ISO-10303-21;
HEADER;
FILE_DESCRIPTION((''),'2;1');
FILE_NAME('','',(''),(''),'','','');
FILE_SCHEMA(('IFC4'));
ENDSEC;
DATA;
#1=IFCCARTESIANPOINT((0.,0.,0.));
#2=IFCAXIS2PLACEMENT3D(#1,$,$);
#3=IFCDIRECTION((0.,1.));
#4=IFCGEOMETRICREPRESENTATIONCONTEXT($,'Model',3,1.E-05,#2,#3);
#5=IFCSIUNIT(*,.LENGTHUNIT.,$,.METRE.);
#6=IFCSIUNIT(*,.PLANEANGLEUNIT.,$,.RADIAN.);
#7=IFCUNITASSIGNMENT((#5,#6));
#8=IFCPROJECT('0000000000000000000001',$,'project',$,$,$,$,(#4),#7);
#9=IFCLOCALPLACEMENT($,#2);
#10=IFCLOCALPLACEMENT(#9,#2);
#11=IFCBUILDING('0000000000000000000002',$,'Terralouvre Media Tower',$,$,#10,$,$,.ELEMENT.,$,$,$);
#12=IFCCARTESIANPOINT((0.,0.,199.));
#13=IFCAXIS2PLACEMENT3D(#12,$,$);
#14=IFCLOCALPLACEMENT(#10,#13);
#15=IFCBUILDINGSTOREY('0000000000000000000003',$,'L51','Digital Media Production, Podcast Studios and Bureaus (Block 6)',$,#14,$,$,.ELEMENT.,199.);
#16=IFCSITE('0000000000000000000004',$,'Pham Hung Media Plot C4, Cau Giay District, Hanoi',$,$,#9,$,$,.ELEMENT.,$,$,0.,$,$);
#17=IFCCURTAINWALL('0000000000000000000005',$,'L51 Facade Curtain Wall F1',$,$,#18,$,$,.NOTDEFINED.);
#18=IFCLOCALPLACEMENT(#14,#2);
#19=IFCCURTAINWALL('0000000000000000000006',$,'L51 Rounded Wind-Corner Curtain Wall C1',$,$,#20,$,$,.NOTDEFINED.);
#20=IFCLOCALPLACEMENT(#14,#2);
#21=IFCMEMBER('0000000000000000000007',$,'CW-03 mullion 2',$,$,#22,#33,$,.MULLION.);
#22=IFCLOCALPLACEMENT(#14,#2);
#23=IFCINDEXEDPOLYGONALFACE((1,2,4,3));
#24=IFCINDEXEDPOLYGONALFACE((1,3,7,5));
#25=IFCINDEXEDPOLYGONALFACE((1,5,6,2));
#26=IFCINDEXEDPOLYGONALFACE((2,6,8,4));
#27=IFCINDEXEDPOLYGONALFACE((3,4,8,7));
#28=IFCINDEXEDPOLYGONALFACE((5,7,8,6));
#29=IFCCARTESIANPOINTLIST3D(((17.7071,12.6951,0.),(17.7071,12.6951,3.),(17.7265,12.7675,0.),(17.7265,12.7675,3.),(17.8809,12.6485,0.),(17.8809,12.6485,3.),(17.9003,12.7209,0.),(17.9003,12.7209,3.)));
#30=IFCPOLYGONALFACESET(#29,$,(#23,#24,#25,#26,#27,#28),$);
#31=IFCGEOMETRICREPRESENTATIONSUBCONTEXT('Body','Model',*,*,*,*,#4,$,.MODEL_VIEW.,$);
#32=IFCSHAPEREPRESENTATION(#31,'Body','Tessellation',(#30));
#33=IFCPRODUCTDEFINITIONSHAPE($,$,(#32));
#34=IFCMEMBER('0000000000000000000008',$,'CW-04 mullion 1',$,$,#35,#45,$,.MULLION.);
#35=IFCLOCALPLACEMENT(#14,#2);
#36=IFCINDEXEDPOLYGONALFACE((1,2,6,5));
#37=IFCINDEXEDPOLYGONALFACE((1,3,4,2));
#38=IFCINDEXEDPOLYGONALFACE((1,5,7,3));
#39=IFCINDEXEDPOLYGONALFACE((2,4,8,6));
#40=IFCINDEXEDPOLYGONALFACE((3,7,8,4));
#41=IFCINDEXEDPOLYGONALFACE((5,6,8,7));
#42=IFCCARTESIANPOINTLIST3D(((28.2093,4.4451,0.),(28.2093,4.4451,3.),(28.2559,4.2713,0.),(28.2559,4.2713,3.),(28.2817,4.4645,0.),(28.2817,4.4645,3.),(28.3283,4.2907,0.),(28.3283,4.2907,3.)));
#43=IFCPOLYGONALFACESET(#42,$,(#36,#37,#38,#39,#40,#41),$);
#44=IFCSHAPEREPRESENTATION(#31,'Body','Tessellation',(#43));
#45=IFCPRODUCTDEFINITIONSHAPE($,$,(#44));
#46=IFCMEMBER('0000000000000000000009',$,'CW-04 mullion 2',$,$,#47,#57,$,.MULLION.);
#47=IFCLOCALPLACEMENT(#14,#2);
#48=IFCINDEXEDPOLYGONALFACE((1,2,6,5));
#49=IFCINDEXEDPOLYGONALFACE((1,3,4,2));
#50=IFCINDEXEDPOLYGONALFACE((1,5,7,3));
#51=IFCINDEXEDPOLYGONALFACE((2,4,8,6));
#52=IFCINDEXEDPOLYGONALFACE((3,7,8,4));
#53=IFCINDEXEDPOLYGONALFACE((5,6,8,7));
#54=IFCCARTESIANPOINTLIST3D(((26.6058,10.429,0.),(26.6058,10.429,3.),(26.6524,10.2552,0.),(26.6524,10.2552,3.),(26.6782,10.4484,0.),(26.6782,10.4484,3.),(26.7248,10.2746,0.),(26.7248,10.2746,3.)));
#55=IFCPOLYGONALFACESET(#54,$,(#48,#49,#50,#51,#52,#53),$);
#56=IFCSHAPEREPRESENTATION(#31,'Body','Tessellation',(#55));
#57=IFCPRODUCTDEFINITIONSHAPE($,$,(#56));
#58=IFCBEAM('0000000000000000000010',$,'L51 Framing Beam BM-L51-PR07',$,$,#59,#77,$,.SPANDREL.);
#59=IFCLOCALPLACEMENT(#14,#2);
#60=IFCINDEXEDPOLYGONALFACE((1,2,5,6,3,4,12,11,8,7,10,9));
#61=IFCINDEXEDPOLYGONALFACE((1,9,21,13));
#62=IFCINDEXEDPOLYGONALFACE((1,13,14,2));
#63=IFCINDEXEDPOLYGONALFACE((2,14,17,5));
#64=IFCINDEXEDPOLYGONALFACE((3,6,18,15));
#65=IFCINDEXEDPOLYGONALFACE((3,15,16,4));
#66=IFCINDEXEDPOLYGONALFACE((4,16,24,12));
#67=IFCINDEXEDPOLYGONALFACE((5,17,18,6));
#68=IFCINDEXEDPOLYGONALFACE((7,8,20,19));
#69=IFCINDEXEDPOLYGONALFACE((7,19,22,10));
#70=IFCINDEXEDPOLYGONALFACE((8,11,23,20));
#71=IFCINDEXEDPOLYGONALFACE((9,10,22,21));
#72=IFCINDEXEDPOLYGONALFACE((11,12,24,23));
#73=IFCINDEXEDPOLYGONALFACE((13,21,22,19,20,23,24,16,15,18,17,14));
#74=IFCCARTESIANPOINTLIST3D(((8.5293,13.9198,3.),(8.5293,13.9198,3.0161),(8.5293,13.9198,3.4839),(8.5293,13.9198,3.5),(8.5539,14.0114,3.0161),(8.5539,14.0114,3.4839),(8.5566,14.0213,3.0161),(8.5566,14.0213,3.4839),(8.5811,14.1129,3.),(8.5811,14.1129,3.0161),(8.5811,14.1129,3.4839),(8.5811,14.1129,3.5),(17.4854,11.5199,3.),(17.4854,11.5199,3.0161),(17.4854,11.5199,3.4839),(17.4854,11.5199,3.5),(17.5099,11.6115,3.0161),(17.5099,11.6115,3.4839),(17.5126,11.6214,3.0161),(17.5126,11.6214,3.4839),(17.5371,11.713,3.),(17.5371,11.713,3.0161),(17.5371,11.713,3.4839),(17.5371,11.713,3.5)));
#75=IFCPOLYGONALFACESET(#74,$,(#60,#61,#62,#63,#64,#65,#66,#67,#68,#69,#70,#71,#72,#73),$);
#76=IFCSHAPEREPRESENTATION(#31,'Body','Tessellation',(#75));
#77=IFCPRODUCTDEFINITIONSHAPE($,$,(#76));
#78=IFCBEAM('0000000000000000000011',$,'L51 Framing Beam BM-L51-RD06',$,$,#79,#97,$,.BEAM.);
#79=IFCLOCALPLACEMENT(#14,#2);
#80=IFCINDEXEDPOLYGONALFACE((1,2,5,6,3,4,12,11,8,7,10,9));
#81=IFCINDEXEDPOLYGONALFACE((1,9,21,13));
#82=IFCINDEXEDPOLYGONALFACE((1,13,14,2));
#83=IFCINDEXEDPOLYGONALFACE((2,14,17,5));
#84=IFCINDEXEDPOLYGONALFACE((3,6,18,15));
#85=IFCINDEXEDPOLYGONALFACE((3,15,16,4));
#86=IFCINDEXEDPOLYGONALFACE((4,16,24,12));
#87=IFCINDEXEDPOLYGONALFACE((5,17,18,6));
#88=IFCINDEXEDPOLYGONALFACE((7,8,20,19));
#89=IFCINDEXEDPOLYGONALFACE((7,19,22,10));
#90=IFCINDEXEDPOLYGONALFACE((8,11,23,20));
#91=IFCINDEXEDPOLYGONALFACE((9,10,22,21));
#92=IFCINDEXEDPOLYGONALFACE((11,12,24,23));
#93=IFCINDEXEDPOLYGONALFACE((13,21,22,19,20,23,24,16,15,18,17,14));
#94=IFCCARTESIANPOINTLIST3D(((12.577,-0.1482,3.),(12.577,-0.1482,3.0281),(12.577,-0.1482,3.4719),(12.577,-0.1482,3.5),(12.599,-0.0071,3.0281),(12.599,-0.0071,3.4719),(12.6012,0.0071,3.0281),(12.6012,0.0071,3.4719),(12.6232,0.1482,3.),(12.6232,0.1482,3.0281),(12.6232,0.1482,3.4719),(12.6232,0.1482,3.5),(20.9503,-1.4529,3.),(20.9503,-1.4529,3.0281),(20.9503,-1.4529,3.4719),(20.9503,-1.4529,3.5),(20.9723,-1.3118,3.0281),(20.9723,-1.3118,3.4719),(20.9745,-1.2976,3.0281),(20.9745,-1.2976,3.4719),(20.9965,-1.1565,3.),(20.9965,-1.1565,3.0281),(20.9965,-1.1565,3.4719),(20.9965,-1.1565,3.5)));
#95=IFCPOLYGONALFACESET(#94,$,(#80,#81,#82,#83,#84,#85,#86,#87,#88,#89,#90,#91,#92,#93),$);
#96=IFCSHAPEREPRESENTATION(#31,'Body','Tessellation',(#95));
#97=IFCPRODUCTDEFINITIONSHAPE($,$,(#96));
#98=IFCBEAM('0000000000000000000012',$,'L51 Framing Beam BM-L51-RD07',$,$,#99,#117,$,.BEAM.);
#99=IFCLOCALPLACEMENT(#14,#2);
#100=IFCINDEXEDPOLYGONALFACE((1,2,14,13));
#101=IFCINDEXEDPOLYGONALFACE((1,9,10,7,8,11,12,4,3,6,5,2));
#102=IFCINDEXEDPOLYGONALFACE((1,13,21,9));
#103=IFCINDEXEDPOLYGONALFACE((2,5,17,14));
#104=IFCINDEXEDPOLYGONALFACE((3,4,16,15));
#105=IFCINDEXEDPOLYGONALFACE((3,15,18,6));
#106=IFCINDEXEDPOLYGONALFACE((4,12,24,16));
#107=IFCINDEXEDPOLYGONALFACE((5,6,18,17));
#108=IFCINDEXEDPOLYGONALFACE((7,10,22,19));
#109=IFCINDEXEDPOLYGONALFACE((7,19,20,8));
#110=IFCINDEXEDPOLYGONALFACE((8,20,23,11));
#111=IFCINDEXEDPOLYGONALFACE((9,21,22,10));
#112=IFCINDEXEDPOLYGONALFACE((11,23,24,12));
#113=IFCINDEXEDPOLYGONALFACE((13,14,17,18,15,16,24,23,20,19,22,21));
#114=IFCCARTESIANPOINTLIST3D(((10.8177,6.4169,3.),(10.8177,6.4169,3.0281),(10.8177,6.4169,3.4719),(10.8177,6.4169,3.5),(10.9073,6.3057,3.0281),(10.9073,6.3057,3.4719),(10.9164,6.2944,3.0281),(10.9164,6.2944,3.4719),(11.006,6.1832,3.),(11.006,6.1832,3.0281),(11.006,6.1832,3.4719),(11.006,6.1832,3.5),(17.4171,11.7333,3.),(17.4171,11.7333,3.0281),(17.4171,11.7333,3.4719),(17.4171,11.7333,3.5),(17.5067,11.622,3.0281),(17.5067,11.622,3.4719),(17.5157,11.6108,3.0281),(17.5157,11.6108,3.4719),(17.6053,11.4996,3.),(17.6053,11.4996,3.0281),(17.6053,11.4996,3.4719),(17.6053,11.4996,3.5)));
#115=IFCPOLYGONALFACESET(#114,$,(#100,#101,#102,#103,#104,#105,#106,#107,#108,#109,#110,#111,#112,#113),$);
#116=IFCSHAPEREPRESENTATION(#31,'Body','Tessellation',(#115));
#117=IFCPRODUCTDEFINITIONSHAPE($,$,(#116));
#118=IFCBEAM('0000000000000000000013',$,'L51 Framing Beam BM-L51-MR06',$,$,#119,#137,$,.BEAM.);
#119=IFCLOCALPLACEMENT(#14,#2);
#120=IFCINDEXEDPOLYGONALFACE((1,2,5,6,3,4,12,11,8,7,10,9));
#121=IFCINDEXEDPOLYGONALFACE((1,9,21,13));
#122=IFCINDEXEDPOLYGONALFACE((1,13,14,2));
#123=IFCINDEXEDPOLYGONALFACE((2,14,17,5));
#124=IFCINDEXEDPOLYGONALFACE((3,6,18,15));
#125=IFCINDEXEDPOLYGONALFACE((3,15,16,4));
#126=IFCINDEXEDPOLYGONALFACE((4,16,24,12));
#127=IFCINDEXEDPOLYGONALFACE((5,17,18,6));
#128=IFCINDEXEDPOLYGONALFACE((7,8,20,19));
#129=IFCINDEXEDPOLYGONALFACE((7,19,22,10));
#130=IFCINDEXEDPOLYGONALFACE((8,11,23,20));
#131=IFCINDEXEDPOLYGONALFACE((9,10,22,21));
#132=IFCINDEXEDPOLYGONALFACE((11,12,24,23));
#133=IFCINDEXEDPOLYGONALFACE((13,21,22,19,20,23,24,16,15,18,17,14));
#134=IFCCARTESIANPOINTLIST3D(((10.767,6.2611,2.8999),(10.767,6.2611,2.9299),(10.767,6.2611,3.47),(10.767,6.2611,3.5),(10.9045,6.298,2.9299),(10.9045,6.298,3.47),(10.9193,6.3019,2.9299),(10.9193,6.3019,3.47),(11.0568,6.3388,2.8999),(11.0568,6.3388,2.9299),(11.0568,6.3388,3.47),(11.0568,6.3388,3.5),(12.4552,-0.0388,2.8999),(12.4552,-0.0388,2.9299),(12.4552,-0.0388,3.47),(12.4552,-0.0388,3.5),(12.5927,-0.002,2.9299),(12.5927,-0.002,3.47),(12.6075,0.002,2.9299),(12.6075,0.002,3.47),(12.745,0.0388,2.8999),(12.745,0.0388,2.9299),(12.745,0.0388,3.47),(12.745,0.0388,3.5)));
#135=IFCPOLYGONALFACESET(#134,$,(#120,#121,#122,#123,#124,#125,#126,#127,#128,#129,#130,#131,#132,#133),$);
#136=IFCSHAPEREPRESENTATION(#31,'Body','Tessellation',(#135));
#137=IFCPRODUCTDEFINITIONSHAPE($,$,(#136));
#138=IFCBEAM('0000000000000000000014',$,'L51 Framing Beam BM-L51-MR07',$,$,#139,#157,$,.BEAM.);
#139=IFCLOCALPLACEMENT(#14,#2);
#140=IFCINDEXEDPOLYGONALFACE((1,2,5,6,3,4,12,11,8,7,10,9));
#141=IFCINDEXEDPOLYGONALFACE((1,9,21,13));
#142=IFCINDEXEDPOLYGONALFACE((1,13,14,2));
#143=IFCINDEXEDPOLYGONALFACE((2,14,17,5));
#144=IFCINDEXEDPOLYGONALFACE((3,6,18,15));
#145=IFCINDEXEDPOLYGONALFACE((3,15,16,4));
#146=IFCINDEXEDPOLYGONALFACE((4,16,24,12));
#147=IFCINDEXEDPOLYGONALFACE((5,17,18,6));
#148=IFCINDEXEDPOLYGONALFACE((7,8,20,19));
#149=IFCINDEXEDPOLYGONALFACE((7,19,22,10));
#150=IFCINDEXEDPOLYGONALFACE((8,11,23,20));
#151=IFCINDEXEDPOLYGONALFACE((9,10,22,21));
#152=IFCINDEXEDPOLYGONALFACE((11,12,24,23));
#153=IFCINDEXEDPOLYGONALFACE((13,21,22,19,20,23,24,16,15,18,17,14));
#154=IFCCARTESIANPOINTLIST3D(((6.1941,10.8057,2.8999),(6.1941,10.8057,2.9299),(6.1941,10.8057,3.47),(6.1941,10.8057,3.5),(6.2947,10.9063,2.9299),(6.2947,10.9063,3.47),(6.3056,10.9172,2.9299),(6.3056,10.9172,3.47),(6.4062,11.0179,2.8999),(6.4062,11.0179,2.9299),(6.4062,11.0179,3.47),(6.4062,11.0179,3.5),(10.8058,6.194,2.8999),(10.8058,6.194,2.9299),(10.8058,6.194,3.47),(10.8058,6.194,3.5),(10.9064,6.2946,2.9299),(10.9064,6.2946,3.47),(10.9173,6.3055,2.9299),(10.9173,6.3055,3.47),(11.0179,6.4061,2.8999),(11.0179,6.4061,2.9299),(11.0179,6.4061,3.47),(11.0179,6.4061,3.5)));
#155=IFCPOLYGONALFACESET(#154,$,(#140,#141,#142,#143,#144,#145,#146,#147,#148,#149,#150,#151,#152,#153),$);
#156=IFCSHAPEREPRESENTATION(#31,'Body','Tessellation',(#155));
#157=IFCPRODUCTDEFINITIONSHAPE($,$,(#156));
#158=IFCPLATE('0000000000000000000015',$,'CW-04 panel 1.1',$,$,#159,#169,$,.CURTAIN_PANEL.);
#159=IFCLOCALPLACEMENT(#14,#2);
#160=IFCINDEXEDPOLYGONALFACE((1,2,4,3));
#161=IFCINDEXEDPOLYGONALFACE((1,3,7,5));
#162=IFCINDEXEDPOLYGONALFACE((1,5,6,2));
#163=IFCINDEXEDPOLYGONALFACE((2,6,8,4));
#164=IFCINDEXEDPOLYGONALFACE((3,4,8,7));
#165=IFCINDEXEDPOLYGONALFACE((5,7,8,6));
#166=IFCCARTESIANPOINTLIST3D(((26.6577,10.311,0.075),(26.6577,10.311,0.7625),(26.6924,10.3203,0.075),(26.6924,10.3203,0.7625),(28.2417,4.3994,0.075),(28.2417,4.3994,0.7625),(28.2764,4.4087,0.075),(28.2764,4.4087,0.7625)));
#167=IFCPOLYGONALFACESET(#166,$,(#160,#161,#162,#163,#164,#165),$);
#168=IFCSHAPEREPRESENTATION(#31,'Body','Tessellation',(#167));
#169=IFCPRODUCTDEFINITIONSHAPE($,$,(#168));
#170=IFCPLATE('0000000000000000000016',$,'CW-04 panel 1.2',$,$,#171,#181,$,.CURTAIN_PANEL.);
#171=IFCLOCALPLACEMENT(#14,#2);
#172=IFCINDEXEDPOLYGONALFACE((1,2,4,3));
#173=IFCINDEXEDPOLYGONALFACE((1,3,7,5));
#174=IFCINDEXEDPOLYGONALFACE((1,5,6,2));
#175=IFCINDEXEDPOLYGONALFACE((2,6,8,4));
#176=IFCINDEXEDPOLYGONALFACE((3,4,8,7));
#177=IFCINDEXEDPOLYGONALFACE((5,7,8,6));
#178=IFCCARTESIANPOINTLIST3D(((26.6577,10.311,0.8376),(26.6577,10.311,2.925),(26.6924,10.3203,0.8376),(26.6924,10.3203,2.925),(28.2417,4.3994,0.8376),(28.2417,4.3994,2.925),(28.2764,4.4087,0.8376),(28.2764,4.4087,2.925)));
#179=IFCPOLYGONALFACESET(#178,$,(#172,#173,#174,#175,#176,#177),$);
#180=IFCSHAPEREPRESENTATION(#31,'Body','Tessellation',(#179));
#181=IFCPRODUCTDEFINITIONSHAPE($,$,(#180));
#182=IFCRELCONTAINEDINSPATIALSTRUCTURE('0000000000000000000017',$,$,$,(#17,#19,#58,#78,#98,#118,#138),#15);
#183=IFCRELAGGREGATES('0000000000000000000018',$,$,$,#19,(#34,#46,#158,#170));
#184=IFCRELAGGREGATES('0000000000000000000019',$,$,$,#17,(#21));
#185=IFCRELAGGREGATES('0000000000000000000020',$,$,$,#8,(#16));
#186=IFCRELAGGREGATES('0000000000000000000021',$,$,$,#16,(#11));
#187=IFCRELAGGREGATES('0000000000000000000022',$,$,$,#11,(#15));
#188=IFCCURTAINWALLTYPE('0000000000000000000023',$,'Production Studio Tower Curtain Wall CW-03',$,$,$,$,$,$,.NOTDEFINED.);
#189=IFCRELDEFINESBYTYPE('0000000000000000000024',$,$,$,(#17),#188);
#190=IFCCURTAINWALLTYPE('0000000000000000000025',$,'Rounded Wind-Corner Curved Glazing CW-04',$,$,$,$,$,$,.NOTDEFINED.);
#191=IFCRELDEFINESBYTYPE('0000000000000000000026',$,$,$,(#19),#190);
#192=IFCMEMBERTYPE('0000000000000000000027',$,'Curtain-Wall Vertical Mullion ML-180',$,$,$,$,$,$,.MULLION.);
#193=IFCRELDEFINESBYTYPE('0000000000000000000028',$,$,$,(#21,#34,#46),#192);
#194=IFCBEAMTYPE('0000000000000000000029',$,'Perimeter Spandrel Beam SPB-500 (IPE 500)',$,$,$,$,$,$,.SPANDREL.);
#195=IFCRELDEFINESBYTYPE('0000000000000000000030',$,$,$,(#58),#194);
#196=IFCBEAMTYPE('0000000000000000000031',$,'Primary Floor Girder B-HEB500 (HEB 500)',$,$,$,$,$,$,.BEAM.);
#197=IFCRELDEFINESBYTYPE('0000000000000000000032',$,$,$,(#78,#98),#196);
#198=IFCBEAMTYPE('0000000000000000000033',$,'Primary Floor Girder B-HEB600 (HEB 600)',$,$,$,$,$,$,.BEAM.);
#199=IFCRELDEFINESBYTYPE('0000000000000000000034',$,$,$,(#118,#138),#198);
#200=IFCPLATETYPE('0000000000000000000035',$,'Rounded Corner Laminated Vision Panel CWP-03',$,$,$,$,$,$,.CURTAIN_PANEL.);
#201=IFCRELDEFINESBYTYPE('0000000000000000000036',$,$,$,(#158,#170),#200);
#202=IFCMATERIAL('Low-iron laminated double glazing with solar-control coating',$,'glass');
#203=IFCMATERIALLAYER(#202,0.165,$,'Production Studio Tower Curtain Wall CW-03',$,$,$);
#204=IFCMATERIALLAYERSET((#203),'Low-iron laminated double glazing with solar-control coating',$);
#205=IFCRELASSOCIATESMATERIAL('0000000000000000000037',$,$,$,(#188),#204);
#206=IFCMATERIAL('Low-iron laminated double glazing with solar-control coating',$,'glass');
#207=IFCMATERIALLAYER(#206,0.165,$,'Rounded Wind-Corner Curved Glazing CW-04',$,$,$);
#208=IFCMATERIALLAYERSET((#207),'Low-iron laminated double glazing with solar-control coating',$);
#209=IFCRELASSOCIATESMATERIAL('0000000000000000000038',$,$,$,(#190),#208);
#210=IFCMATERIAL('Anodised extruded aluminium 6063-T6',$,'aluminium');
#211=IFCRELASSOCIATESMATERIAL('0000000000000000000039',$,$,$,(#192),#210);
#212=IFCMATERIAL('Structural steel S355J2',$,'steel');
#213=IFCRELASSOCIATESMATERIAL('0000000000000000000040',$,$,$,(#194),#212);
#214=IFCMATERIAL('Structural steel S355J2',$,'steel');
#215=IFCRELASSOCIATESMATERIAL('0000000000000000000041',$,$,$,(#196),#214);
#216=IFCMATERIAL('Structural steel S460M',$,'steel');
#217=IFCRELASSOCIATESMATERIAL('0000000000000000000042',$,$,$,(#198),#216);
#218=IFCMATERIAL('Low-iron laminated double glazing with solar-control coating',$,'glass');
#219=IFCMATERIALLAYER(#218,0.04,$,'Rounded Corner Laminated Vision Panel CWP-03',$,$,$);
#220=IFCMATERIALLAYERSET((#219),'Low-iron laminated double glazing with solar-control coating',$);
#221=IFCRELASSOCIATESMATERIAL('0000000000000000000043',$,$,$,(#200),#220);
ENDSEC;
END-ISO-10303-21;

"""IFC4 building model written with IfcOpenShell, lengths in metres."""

from ifc_helpers import new_model, si_unit, direction, frame, origin, origin_2d, place, context, subcontext, project, spatial, rectangle, i_section, extrude, material, layer, layer_set, material_profile, profile_set, type_object, element, aggregate, save


model = new_model("IFC4")

# Units and contexts
model_context = context("Model", 3, precision=1e-05, world=origin(), true_north=direction((0.0, 1.0)))
body_context = subcontext(model_context, "Body", "Model", "MODEL_VIEW")
ifc_project = project(units=[si_unit("LENGTHUNIT", "METRE"), si_unit("PLANEANGLEUNIT", "RADIAN")], contexts=[model_context])

# Site, building, storey
site_placement = place(None, origin())
site = spatial("IfcSite", under=ifc_project, at=site_placement, Name="Pham Hung Media Plot C4, Cau Giay District, Hanoi", CompositionType="ELEMENT", RefElevation=0.0)
building_placement = place(site_placement, origin())
building = spatial("IfcBuilding", under=site, at=building_placement, Name="Terralouvre Media Tower", CompositionType="ELEMENT")
storey_placement = place(building_placement, frame((0.0, 0.0, 199.0)))
storey = spatial("IfcBuildingStorey", under=building, at=storey_placement, Name="L51", Description="Digital Media Production, Podcast Studios and Bureaus (Block 6)", CompositionType="ELEMENT", Elevation=199.0)

# Curtain walls
ifc_material_1 = material(Name="Low-iron laminated double glazing with solar-control coating", Category="glass")
ifc_layer_1 = layer(ifc_material_1, 0.165, Name="Production Studio Tower Curtain Wall CW-03")
ifc_layer_set_1 = layer_set([ifc_layer_1], Name="Low-iron laminated double glazing with solar-control coating")
curtain_wall_type_1 = type_object("IfcCurtainWallType", Name="Production Studio Tower Curtain Wall CW-03", PredefinedType="NOTDEFINED", material=ifc_layer_set_1)
curtain_wall_1_placement = place(storey_placement, origin())
curtain_wall_1 = element("IfcCurtainWall", 1, at=curtain_wall_1_placement, inside=storey, type_object=curtain_wall_type_1, Name="L51 Facade Curtain Wall F1", PredefinedType="NOTDEFINED")
ifc_material_2 = material(Name="Low-iron laminated double glazing with solar-control coating", Category="glass")
ifc_layer_2 = layer(ifc_material_2, 0.165, Name="Rounded Wind-Corner Curved Glazing CW-04")
ifc_layer_set_2 = layer_set([ifc_layer_2], Name="Low-iron laminated double glazing with solar-control coating")
curtain_wall_type_2 = type_object("IfcCurtainWallType", Name="Rounded Wind-Corner Curved Glazing CW-04", PredefinedType="NOTDEFINED", material=ifc_layer_set_2)
curtain_wall_2_placement = place(storey_placement, origin())
curtain_wall_2 = element("IfcCurtainWall", 2, at=curtain_wall_2_placement, inside=storey, type_object=curtain_wall_type_2, Name="L51 Rounded Wind-Corner Curtain Wall C1", PredefinedType="NOTDEFINED")

# Shared definitions
ifc_material_3 = material(Name="Anodised extruded aluminium 6063-T6", Category="aluminium")
ifc_material_profile_1 = material_profile(ifc_material_3, rectangle(XDim=0.075, YDim=0.1799, at=origin_2d()), Name="ALU 75x180")
ifc_profile_set_1 = profile_set([ifc_material_profile_1], Name="Anodised extruded aluminium 6063-T6")
member_type_1 = type_object("IfcMemberType", Name="Curtain-Wall Vertical Mullion ML-180", PredefinedType="MULLION", material=ifc_profile_set_1)

# Members
member_1_placement = place(storey_placement, frame((17.8037, 12.708, 0.0), z_axis=(0.0, 0.0, 1.0), x_axis=(-0.258819, -0.965926, 0.0)))
member_1 = element("IfcMember", 3, at=member_1_placement, type_object=member_type_1, Name="CW-03 mullion 2", PredefinedType="MULLION", context=body_context, shape_type="SweptSolid", body=[
    extrude(rectangle(XDim=0.075, YDim=0.1799, at=origin_2d()), origin(), (0.0, 0.0, 1.0), 3.0),
])
member_2_placement = place(storey_placement, frame((28.2688, 4.3679, 0.0), z_axis=(0.0, 0.0, 1.0), x_axis=(-0.965926, -0.258819, 0.0)))
member_2 = element("IfcMember", 4, at=member_2_placement, type_object=member_type_1, Name="CW-04 mullion 1", PredefinedType="MULLION", context=body_context, shape_type="SweptSolid", body=[
    extrude(rectangle(XDim=0.075, YDim=0.1799, at=origin_2d()), origin(), (0.0, 0.0, 1.0), 3.0),
])
member_3_placement = place(storey_placement, frame((26.6653, 10.3518, 0.0), z_axis=(0.0, 0.0, 1.0), x_axis=(-0.965926, -0.258819, 0.0)))
member_3 = element("IfcMember", 5, at=member_3_placement, type_object=member_type_1, Name="CW-04 mullion 2", PredefinedType="MULLION", context=body_context, shape_type="SweptSolid", body=[
    extrude(rectangle(XDim=0.075, YDim=0.1799, at=origin_2d()), origin(), (0.0, 0.0, 1.0), 3.0),
])

# Beams
ifc_material_4 = material(Name="Structural steel S355J2", Category="steel")
ifc_material_profile_2 = material_profile(ifc_material_4, i_section(OverallWidth=0.2, OverallDepth=0.5, WebThickness=0.0103, FlangeThickness=0.0161, at=origin_2d()), Name="IPE 500")
ifc_profile_set_2 = profile_set([ifc_material_profile_2], Name="Structural steel S355J2")
beam_type_1 = type_object("IfcBeamType", Name="Perimeter Spandrel Beam SPB-500 (IPE 500)", PredefinedType="SPANDREL", material=ifc_profile_set_2)
beam_1_placement = place(storey_placement, frame((17.5112, 11.6165, 3.25), z_axis=(-0.965922, 0.258833, 0.0), x_axis=(-0.258833, -0.965922, 0.0)))
element("IfcBeam", 6, at=beam_1_placement, inside=storey, type_object=beam_type_1, Name="L51 Framing Beam BM-L51-PR07", PredefinedType="SPANDREL", context=body_context, shape_type="SweptSolid", body=[
    extrude(i_section(OverallWidth=0.2, OverallDepth=0.5, WebThickness=0.0103, FlangeThickness=0.0161, at=origin_2d()), origin(), (0.0, 0.0, 1.0), 9.272),
])
ifc_material_5 = material(Name="Structural steel S355J2", Category="steel")
ifc_material_profile_3 = material_profile(ifc_material_5, i_section(OverallWidth=0.3, OverallDepth=0.5, WebThickness=0.0144, FlangeThickness=0.0281, at=origin_2d()), Name="HEB 500")
ifc_profile_set_3 = profile_set([ifc_material_profile_3], Name="Structural steel S355J2")
beam_type_2 = type_object("IfcBeamType", Name="Primary Floor Girder B-HEB500 (HEB 500)", PredefinedType="BEAM", material=ifc_profile_set_3)
for number, where, z_axis, x_axis, name in (
    (7, (12.6001, 0.0, 3.25), (0.988077, -0.153958, 0.0), (0.153958, 0.988077, 0.0), "L51 Framing Beam BM-L51-RD06"),
    (8, (10.9119, 6.3, 3.25), (0.778739, 0.627347, 0.0), (-0.627347, 0.778739, 0.0), "L51 Framing Beam BM-L51-RD07"),
):
    element("IfcBeam", number, at=place(storey_placement, frame(where, z_axis=z_axis, x_axis=x_axis)), inside=storey, type_object=beam_type_2, Name=name, PredefinedType="BEAM", context=body_context, shape_type="SweptSolid", body=[
        extrude(i_section(OverallWidth=0.3, OverallDepth=0.5, WebThickness=0.0144, FlangeThickness=0.0281, at=origin_2d()), origin(), (0.0, 0.0, 1.0), 8.4744),
    ])
ifc_material_6 = material(Name="Structural steel S460M", Category="steel")
ifc_material_profile_4 = material_profile(ifc_material_6, i_section(OverallWidth=0.3, OverallDepth=0.6001, WebThickness=0.0154, FlangeThickness=0.03, at=origin_2d()), Name="HEB 600")
ifc_profile_set_4 = profile_set([ifc_material_profile_4], Name="Structural steel S460M")
beam_type_3 = type_object("IfcBeamType", Name="Primary Floor Girder B-HEB600 (HEB 600)", PredefinedType="BEAM", material=ifc_profile_set_4)
beam_2_placement = place(storey_placement, frame((12.6001, 0.0, 3.2), z_axis=(-0.258839, 0.96592, 0.0), x_axis=(-0.96592, -0.258839, 0.0)))
element("IfcBeam", 9, at=beam_2_placement, inside=storey, type_object=beam_type_3, Name="L51 Framing Beam BM-L51-MR06", PredefinedType="BEAM", context=body_context, shape_type="SweptSolid", body=[
    extrude(i_section(OverallWidth=0.3, OverallDepth=0.6001, WebThickness=0.0154, FlangeThickness=0.03, at=origin_2d()), origin(), (0.0, 0.0, 1.0), 6.5222),
])
beam_3_placement = place(storey_placement, frame((10.9119, 6.3, 3.2), z_axis=(-0.707107, 0.707107, 0.0), x_axis=(-0.707107, -0.707107, 0.0)))
element("IfcBeam", 10, at=beam_3_placement, inside=storey, type_object=beam_type_3, Name="L51 Framing Beam BM-L51-MR07", PredefinedType="BEAM", context=body_context, shape_type="SweptSolid", body=[
    extrude(i_section(OverallWidth=0.3, OverallDepth=0.6001, WebThickness=0.0154, FlangeThickness=0.03, at=origin_2d()), origin(), (0.0, 0.0, 1.0), 6.522),
])

# Plates
ifc_material_7 = material(Name="Low-iron laminated double glazing with solar-control coating", Category="glass")
ifc_layer_3 = layer(ifc_material_7, 0.04, Name="Rounded Corner Laminated Vision Panel CWP-03")
ifc_layer_set_3 = layer_set([ifc_layer_3], Name="Low-iron laminated double glazing with solar-control coating")
plate_type_1 = type_object("IfcPlateType", Name="Rounded Corner Laminated Vision Panel CWP-03", PredefinedType="CURTAIN_PANEL", material=ifc_layer_set_3)
plate_1_placement = place(storey_placement, frame((27.467, 7.3599, 0.075), z_axis=(0.0, 0.0, 1.0), x_axis=(-0.258819, 0.965926, 0.0)))
plate_1 = element("IfcPlate", 11, at=plate_1_placement, type_object=plate_type_1, Name="CW-04 panel 1.1", PredefinedType="CURTAIN_PANEL", context=body_context, shape_type="SweptSolid", body=[
    extrude(rectangle(XDim=6.1201, YDim=0.0359, at=origin_2d()), origin(), (0.0, 0.0, 1.0), 0.6875),
])
plate_2_placement = place(storey_placement, frame((27.467, 7.3599, 0.8376), z_axis=(0.0, 0.0, 1.0), x_axis=(-0.258819, 0.965926, 0.0)))
plate_2 = element("IfcPlate", 12, at=plate_2_placement, type_object=plate_type_1, Name="CW-04 panel 1.2", PredefinedType="CURTAIN_PANEL", context=body_context, shape_type="SweptSolid", body=[
    extrude(rectangle(XDim=6.1201, YDim=0.0359, at=origin_2d()), origin(), (0.0, 0.0, 1.0), 2.0874),
])
aggregate(curtain_wall_2, [member_2, member_3, plate_1, plate_2])
aggregate(curtain_wall_1, [member_1])

save(model, "model.ifc")
